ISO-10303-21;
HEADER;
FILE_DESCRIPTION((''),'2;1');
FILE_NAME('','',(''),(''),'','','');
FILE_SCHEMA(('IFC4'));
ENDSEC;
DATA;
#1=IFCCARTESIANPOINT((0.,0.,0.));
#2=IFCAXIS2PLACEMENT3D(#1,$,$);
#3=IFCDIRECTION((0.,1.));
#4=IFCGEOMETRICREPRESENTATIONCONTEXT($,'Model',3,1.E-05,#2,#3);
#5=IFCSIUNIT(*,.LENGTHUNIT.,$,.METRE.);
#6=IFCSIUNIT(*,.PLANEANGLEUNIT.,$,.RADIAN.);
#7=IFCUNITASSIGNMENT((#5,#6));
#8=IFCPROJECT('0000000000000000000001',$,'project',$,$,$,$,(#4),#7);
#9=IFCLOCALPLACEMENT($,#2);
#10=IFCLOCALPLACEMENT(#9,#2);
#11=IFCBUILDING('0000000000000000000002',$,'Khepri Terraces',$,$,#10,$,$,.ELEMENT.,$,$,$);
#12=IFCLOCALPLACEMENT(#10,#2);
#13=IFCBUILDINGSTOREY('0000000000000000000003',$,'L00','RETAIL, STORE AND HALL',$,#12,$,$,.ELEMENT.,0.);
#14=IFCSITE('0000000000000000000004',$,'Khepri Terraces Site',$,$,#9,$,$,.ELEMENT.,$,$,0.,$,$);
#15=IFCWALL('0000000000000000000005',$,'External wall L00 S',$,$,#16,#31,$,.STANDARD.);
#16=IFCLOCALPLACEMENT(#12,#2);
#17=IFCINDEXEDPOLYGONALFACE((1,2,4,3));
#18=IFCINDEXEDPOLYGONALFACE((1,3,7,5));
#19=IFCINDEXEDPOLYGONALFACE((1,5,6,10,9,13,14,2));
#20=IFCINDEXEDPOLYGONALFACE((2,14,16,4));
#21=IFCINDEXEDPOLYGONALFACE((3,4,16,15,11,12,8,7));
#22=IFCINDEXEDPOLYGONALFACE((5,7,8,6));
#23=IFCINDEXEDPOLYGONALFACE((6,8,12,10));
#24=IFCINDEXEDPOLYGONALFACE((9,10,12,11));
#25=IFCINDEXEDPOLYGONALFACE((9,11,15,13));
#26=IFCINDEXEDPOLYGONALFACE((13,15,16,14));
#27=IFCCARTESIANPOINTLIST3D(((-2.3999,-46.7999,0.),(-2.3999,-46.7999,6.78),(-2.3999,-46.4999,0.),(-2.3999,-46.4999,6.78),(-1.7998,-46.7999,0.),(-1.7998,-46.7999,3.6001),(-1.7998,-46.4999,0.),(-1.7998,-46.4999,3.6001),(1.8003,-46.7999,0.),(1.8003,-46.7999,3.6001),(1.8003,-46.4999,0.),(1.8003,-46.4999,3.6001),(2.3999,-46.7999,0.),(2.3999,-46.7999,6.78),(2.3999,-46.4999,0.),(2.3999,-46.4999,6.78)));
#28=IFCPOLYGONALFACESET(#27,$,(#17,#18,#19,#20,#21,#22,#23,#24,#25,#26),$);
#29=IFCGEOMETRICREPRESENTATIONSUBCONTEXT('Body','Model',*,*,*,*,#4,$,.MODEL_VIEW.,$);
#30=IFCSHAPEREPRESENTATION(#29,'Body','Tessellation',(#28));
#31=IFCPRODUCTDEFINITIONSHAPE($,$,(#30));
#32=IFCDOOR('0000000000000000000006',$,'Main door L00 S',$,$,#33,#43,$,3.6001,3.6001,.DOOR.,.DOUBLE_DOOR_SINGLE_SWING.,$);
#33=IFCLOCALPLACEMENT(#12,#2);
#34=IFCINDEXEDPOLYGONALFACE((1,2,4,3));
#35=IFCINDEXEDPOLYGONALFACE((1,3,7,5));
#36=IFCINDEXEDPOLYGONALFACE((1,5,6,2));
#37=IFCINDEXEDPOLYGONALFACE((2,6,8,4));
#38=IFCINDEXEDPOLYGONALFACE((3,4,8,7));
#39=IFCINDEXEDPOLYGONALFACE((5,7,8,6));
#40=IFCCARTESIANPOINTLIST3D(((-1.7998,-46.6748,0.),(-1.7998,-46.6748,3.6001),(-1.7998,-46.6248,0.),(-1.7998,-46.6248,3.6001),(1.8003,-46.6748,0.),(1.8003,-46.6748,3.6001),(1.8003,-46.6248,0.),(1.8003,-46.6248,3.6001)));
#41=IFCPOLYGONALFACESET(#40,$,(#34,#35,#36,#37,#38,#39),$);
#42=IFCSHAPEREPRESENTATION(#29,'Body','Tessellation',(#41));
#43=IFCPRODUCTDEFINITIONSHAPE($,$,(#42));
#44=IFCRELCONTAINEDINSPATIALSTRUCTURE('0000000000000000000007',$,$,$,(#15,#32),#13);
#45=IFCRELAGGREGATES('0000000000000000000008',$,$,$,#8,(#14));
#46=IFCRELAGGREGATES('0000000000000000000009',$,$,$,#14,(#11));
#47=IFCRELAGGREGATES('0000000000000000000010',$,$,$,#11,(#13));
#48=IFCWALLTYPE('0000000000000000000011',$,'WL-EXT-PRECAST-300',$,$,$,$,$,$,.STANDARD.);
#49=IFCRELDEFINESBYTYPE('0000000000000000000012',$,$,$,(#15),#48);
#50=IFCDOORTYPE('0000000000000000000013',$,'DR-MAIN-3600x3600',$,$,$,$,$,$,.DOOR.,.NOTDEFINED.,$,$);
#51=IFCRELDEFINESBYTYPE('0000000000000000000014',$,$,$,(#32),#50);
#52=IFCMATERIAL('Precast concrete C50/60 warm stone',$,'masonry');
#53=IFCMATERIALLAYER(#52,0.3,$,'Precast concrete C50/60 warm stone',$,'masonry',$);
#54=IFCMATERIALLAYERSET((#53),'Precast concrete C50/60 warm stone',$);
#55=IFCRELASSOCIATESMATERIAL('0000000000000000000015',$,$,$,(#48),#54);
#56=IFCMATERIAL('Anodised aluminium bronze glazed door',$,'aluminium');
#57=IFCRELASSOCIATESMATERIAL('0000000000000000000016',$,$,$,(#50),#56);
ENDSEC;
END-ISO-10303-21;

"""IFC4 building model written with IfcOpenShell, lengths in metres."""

from ifc_helpers import new_model, si_unit, direction, frame, frame_2d, origin, place, context, subcontext, project, spatial, rectangle, extrude, material, layer, layer_set, type_object, element, fill, save


model = new_model("IFC4")

# Units and contexts
model_context = context("Model", 3, precision=1e-05, world=origin(), true_north=direction((0.0, 1.0)))
body_context = subcontext(model_context, "Body", "Model", "MODEL_VIEW")
ifc_project = project(units=[si_unit("LENGTHUNIT", "METRE"), si_unit("PLANEANGLEUNIT", "RADIAN")], contexts=[model_context])

# Site, building, storey
site_placement = place(None, origin())
site = spatial("IfcSite", under=ifc_project, at=site_placement, Name="Khepri Terraces Site", CompositionType="ELEMENT", RefElevation=0.0)
building_placement = place(site_placement, origin())
building = spatial("IfcBuilding", under=site, at=building_placement, Name="Khepri Terraces", CompositionType="ELEMENT")
storey_placement = place(building_placement, origin())
storey = spatial("IfcBuildingStorey", under=building, at=storey_placement, Name="L00", Description="RETAIL, STORE AND HALL", CompositionType="ELEMENT", Elevation=0.0)

# Wall, opening, door
ifc_material_1 = material(Name="Precast concrete C50/60 warm stone", Category="masonry")
ifc_layer_1 = layer(ifc_material_1, 0.3, Name="Precast concrete C50/60 warm stone", Category="masonry")
ifc_layer_set_1 = layer_set([ifc_layer_1], Name="Precast concrete C50/60 warm stone")
wall_type = type_object("IfcWallType", Name="WL-EXT-PRECAST-300", PredefinedType="STANDARD", material=ifc_layer_set_1)
wall_placement = place(storey_placement, frame((-2.3999, -46.6499, 0.0), z_axis=(0.0, 0.0, 1.0), x_axis=(1.0, 0.0, 0.0)))
wall = element("IfcWall", 1, at=wall_placement, inside=storey, type_object=wall_type, Name="External wall L00 S", PredefinedType="STANDARD", context=body_context, shape_type="SweptSolid", body=[
    extrude(rectangle(XDim=4.7998, YDim=0.3, at=frame_2d((2.3999, 0.0))), origin(), (0.0, 0.0, 1.0), 6.78),
])
opening_placement = place(wall_placement, frame((0.6001, 0.0, 0.0)))
opening = element("IfcOpeningElement", 2, at=opening_placement, cuts=wall, PredefinedType="OPENING", context=body_context, shape_type="SweptSolid", body=[
    extrude(rectangle(XDim=3.6001, YDim=3.6001, at=frame_2d((1.8, 1.8))), frame((0.0, 0.1602, 0.0), z_axis=(0.0, -1.0, 0.0), x_axis=(1.0, 0.0, 0.0)), (0.0, 0.0, 1.0), 0.3201),
])
ifc_material_2 = material(Name="Anodised aluminium bronze glazed door", Category="aluminium")
door_type = type_object("IfcDoorType", Name="DR-MAIN-3600x3600", OperationType="NOTDEFINED", PredefinedType="DOOR", material=ifc_material_2)
door_placement = place(opening_placement, frame((3.6001, 0.0, 0.0), z_axis=(0.0, 0.0, 1.0), x_axis=(-1.0, 0.0, 0.0)))
door = element("IfcDoor", 3, at=door_placement, inside=storey, type_object=door_type, Name="Main door L00 S", OperationType="DOUBLE_DOOR_SINGLE_SWING", OverallHeight=3.6001, OverallWidth=3.6001, PredefinedType="DOOR", context=body_context, shape_type="SweptSolid", body=[
    extrude(rectangle(XDim=3.6001, YDim=3.6001, at=frame_2d((1.8, 1.8))), frame((0.0, 0.0249, 0.0), z_axis=(0.0, -1.0, 0.0), x_axis=(1.0, 0.0, 0.0)), (0.0, 0.0, 1.0), 0.05),
])
fill(opening, door)

save(model, "model.ifc")
